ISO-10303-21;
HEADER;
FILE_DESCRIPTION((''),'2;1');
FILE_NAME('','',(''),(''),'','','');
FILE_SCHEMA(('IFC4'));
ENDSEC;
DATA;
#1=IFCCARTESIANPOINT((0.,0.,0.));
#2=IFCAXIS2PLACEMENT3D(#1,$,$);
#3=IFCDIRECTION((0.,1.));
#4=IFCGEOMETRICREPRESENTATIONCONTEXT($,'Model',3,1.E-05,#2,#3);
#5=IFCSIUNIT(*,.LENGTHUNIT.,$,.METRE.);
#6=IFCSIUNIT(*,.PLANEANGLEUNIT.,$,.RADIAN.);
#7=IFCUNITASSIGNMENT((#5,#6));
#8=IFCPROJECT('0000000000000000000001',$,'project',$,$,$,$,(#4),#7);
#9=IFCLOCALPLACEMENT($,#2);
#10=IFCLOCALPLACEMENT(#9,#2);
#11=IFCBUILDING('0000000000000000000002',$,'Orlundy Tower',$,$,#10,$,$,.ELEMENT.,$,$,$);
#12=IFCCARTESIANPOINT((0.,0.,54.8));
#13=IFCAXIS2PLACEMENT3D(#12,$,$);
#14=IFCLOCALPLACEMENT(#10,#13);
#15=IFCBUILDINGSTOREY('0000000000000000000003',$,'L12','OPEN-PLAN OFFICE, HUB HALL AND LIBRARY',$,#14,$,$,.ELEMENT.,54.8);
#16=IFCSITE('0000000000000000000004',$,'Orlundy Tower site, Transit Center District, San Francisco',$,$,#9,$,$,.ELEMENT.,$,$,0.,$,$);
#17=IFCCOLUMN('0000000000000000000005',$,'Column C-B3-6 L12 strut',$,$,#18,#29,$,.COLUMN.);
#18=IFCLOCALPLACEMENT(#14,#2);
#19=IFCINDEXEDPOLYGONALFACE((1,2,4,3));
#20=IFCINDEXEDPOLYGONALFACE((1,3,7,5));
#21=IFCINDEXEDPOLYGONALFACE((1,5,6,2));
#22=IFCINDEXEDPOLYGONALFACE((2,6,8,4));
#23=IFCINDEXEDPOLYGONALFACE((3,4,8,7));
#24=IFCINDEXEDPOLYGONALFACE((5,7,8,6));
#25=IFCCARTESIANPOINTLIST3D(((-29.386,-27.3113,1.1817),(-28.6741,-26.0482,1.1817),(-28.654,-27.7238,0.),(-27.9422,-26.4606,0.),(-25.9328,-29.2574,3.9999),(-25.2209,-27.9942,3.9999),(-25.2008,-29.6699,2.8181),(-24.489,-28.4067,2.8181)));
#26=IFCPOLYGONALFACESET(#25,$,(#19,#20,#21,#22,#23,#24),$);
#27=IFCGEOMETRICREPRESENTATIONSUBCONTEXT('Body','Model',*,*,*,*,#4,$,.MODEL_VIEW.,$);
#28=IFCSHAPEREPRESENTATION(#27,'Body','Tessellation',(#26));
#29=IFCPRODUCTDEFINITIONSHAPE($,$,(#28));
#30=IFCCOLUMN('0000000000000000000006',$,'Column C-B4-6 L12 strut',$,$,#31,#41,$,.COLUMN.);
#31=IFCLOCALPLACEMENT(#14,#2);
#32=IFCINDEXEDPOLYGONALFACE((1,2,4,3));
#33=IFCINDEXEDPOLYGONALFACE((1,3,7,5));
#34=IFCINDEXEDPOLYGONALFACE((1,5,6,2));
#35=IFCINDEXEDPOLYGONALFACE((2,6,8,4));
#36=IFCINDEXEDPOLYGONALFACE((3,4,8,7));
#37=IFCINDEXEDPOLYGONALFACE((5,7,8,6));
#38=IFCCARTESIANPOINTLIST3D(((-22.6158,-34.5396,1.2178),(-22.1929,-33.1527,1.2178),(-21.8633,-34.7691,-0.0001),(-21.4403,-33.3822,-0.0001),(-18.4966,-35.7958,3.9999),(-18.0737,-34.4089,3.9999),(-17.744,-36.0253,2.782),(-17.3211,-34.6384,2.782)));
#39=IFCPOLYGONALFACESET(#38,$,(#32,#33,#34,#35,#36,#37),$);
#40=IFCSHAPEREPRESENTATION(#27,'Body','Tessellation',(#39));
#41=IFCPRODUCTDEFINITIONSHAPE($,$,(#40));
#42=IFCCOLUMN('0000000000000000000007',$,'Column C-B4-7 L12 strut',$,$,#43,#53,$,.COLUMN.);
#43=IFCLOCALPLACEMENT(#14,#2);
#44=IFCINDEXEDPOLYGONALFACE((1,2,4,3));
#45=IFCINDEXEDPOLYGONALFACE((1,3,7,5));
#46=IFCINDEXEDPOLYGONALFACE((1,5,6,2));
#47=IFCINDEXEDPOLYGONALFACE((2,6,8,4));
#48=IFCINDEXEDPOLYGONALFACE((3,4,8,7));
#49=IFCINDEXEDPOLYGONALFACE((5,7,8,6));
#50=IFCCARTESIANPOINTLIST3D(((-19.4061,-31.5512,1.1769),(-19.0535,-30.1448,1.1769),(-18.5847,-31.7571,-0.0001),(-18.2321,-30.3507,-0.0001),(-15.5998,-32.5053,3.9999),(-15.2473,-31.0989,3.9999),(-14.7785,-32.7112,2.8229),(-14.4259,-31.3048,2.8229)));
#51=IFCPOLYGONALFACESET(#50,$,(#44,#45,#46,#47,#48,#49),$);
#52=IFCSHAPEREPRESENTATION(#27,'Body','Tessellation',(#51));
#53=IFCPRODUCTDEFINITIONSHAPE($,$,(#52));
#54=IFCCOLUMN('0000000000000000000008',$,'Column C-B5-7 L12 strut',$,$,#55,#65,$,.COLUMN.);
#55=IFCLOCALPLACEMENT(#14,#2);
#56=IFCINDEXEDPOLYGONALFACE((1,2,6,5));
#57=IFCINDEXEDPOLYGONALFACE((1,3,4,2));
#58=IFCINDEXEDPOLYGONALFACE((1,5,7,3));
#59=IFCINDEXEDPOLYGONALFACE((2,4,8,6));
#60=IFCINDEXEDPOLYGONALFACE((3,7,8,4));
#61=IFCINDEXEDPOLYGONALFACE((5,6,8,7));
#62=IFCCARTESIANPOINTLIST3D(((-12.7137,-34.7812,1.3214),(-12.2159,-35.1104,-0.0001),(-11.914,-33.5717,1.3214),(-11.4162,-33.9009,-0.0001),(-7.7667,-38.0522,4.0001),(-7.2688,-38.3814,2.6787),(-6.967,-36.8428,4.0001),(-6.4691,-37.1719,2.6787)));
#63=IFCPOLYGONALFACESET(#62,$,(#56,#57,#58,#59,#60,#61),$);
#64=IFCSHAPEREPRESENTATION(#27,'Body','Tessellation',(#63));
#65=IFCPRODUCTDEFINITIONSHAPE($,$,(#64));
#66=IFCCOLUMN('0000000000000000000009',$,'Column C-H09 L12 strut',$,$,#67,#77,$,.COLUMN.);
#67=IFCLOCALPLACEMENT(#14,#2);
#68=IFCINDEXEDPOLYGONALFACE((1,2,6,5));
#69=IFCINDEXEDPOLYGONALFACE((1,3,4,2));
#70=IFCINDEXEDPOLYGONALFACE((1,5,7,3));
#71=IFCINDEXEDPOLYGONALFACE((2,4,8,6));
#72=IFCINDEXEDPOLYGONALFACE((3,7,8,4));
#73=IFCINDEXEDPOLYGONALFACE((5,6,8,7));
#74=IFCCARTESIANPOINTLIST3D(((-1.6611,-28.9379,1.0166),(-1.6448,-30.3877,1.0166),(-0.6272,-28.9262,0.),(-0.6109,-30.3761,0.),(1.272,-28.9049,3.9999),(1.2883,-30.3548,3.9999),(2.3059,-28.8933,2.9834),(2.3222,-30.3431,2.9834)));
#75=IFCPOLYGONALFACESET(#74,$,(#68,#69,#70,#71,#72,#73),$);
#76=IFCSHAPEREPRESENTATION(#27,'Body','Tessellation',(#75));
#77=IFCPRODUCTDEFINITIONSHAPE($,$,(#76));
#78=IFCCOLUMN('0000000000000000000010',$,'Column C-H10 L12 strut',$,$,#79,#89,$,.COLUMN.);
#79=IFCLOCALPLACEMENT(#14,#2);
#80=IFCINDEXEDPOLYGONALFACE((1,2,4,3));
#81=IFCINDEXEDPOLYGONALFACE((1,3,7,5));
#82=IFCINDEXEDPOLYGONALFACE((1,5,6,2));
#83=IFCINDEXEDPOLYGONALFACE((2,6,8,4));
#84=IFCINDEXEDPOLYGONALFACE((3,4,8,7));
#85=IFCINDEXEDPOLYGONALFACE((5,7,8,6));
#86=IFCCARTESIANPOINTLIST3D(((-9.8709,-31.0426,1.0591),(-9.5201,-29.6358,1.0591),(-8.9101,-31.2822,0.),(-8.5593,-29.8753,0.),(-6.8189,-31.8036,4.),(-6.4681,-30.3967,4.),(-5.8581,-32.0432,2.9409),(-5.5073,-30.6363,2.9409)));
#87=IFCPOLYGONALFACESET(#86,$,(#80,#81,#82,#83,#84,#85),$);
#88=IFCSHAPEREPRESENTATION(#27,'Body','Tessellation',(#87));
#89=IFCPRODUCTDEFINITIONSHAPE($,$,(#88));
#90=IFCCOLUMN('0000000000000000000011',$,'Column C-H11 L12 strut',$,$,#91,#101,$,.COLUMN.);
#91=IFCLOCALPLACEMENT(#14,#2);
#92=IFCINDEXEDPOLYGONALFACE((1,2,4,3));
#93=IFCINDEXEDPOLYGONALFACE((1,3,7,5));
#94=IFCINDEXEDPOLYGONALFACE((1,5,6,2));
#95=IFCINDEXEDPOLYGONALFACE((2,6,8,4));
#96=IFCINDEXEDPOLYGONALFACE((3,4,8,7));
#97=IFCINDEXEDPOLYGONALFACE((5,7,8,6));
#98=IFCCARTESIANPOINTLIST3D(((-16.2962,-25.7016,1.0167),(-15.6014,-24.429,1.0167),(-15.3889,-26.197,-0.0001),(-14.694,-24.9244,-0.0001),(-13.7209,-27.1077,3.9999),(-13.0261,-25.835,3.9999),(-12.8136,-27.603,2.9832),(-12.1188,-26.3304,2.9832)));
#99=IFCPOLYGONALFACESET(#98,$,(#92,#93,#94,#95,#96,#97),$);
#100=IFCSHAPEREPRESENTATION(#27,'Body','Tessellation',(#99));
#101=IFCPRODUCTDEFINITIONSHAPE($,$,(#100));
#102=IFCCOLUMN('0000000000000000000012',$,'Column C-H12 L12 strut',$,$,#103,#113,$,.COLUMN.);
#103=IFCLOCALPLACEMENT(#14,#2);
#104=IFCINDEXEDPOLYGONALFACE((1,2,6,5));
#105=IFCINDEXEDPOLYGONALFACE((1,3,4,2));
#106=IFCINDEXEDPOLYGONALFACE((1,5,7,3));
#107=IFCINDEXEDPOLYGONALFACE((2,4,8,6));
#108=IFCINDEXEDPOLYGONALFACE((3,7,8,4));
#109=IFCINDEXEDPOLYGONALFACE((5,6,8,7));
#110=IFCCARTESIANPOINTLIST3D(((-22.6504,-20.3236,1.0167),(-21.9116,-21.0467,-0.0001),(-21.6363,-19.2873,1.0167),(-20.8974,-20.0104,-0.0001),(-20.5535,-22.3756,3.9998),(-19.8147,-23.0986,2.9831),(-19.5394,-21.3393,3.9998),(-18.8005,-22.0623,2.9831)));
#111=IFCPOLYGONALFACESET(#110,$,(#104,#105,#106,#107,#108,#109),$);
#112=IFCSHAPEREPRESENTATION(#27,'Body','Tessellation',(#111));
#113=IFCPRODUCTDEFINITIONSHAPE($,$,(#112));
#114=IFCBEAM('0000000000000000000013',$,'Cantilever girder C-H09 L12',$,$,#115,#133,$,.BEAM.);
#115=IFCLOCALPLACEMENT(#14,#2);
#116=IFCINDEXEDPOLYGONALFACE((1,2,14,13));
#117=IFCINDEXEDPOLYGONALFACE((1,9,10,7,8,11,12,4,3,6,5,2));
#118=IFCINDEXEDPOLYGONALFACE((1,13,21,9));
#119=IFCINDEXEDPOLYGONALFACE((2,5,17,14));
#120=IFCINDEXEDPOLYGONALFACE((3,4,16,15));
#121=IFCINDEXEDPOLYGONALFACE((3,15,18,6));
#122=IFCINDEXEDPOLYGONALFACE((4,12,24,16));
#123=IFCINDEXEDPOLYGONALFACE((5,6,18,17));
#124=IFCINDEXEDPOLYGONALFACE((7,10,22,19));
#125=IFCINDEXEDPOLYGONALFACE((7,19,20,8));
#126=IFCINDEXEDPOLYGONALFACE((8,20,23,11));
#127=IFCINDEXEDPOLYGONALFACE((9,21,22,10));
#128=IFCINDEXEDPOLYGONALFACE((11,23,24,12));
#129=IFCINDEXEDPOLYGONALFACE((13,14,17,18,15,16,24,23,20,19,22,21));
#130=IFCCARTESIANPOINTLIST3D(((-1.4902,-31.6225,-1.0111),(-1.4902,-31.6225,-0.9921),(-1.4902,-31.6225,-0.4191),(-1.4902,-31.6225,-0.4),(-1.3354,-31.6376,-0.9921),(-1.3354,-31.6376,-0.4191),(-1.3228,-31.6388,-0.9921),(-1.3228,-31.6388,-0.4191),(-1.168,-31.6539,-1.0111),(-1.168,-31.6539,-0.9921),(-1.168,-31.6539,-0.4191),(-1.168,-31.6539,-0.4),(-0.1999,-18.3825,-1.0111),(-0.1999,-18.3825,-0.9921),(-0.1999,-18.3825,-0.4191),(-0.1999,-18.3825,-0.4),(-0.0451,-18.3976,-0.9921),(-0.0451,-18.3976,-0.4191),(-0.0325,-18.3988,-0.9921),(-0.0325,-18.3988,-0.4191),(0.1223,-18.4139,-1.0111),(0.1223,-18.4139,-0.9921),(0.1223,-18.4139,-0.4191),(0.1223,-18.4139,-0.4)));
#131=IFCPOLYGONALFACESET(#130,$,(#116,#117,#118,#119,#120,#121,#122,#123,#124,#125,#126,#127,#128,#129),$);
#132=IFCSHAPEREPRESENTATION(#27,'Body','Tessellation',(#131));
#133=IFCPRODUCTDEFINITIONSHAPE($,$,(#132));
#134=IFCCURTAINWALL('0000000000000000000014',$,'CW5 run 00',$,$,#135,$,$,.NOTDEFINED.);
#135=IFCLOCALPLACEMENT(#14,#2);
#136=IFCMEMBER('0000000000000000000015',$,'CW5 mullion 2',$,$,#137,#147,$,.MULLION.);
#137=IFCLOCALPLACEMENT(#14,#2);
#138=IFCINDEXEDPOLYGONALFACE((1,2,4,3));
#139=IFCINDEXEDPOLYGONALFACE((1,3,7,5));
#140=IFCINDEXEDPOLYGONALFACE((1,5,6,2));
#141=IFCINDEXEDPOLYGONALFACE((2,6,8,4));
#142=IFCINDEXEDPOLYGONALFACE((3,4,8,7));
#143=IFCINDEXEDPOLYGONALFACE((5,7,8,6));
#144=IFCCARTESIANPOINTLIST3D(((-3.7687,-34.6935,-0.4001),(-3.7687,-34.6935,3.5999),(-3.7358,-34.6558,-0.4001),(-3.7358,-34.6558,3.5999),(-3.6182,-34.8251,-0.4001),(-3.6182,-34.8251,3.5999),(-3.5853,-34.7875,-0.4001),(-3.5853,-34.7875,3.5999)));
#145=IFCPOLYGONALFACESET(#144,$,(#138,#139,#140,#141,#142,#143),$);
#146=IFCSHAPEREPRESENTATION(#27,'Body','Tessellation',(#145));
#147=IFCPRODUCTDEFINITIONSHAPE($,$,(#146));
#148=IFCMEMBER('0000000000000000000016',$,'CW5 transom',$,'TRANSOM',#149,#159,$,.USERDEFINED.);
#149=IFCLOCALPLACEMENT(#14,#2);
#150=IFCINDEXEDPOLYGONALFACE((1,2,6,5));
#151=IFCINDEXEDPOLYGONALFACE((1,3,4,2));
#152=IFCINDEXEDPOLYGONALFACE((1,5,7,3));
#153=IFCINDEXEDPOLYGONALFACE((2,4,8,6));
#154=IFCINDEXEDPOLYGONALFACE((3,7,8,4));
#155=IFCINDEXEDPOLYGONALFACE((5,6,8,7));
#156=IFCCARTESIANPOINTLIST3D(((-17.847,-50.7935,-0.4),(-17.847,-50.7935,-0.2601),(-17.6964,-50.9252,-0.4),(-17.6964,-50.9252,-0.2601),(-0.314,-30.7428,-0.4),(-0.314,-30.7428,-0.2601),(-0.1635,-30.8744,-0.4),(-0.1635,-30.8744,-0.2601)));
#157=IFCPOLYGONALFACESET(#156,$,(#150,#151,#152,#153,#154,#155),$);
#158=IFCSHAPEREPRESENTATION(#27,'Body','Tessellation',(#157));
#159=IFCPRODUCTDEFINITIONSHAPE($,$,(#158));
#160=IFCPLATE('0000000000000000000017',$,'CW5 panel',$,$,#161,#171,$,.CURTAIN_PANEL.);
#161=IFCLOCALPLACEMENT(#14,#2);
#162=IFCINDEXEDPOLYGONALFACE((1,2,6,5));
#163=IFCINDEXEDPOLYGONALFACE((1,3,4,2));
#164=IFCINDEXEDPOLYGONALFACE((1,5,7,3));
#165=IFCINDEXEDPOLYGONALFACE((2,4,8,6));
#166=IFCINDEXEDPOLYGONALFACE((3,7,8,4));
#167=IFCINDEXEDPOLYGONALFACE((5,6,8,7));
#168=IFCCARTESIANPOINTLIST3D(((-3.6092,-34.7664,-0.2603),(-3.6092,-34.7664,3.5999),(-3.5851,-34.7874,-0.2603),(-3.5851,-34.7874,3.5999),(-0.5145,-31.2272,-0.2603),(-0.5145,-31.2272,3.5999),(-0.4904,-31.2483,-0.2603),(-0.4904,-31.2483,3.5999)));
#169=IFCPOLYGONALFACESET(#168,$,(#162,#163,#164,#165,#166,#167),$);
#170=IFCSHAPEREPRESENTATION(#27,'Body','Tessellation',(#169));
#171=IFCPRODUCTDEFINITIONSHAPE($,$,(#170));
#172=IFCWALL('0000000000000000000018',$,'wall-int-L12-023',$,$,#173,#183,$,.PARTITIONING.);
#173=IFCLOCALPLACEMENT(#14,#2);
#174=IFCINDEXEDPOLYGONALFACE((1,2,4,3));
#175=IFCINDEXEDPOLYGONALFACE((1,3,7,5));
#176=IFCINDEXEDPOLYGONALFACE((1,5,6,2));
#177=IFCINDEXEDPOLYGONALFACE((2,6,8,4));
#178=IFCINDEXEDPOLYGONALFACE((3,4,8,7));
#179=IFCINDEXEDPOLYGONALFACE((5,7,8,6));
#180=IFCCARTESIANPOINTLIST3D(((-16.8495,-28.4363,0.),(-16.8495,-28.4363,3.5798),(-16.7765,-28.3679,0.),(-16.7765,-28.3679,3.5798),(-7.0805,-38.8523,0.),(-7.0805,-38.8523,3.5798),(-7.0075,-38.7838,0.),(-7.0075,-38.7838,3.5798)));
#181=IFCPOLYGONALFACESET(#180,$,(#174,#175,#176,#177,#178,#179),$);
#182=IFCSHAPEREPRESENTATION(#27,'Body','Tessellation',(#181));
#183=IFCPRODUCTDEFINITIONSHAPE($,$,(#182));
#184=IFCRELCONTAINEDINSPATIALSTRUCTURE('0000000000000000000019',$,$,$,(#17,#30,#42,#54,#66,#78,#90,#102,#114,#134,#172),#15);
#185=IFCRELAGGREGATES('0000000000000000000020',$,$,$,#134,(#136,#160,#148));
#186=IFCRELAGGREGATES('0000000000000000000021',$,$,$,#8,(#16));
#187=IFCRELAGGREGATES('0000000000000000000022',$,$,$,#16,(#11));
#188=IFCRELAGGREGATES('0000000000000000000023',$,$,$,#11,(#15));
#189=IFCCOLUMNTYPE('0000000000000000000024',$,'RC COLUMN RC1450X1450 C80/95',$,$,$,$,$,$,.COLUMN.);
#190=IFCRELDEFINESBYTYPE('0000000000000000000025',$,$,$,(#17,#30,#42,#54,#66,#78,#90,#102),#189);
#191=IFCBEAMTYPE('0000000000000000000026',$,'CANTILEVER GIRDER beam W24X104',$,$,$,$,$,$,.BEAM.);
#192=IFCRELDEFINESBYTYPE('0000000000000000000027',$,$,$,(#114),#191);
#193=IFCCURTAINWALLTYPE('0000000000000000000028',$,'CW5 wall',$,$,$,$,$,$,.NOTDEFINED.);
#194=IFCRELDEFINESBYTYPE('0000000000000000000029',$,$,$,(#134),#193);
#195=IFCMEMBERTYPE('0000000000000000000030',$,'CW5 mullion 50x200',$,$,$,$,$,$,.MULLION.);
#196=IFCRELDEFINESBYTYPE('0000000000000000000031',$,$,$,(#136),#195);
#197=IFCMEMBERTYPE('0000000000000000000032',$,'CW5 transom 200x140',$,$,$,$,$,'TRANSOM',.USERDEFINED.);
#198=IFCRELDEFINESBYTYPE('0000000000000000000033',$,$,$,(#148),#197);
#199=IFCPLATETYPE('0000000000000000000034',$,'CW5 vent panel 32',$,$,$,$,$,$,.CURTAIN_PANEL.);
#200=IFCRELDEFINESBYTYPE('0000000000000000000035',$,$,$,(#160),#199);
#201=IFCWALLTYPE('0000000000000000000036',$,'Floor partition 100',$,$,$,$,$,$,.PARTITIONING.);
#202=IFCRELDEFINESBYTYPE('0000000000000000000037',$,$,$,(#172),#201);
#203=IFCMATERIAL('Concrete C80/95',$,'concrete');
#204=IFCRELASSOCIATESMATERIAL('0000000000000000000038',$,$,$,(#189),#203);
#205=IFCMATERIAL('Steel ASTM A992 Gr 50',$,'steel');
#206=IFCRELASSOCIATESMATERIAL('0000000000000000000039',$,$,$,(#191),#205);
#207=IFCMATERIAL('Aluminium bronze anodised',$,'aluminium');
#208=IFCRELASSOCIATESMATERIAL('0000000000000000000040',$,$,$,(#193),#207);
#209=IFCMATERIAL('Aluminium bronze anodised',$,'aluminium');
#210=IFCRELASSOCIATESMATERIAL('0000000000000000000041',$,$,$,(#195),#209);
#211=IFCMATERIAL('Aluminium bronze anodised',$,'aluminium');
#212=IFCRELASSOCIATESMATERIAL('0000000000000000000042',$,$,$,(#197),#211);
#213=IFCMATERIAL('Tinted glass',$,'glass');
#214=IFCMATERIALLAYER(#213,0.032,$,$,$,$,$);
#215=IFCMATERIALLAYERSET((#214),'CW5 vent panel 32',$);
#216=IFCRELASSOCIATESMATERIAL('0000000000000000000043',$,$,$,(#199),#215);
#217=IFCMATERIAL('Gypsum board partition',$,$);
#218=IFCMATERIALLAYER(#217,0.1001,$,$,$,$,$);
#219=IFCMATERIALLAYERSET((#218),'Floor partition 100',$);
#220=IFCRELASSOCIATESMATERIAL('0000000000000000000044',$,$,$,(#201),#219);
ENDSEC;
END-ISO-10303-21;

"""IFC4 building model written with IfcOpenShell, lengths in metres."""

from ifc_helpers import new_model, si_unit, direction, frame, frame_2d, origin, origin_2d, place, context, subcontext, project, spatial, rectangle, i_section, extrude, material, layer, layer_set, material_profile, profile_set, type_object, element, aggregate, save


model = new_model("IFC4")

# Units and contexts
model_context = context("Model", 3, precision=1e-05, world=origin(), true_north=direction((0.0, 1.0)))
body_context = subcontext(model_context, "Body", "Model", "MODEL_VIEW")
ifc_project = project(units=[si_unit("LENGTHUNIT", "METRE"), si_unit("PLANEANGLEUNIT", "RADIAN")], contexts=[model_context])

# Site, building, storey
site_placement = place(None, origin())
site = spatial("IfcSite", under=ifc_project, at=site_placement, Name="Orlundy Tower site, Transit Center District, San Francisco", CompositionType="ELEMENT", RefElevation=0.0)
building_placement = place(site_placement, origin())
building = spatial("IfcBuilding", under=site, at=building_placement, Name="Orlundy Tower", CompositionType="ELEMENT")
storey_placement = place(building_placement, frame((0.0, 0.0, 54.8)))
storey = spatial("IfcBuildingStorey", under=building, at=storey_placement, Name="L12", Description="OPEN-PLAN OFFICE, HUB HALL AND LIBRARY", CompositionType="ELEMENT", Elevation=54.8)

# Columns
ifc_material_1 = material(Name="Concrete C80/95", Category="concrete")
ifc_material_profile_1 = material_profile(ifc_material_1, rectangle(XDim=1.45, YDim=1.45, at=origin_2d()), Name="RC1450X1450")
ifc_profile_set_1 = profile_set([ifc_material_profile_1], Name="Concrete C80/95")
column_type = type_object("IfcColumnType", Name="RC COLUMN RC1450X1450 C80/95", PredefinedType="COLUMN", material=ifc_profile_set_1)
column_1_placement = place(storey_placement, frame((-28.6641, -26.886, 0.5908), z_axis=(0.710019, -0.400138, 0.57945), x_axis=(0.490963, 0.87118, 0.0)))
element("IfcColumn", 1, at=column_1_placement, inside=storey, type_object=column_type, Name="Column C-B3-6 L12 strut", PredefinedType="COLUMN", context=body_context, shape_type="SweptSolid", body=[
    extrude(rectangle(XDim=1.45, YDim=1.45, at=origin_2d()), origin(), (0.0, 0.0, 1.0), 4.8635),
])
column_2_placement = place(storey_placement, frame((-22.0281, -33.9609, 0.6089), z_axis=(0.803445, -0.245005, 0.54263), x_axis=(0.291683, 0.956515, 0.0)))
element("IfcColumn", 2, at=column_2_placement, inside=storey, type_object=column_type, Name="Column C-B4-6 L12 strut", PredefinedType="COLUMN", context=body_context, shape_type="SweptSolid", body=[
    extrude(rectangle(XDim=1.45, YDim=1.45, at=origin_2d()), origin(), (0.0, 0.0, 1.0), 5.127),
])
column_3_placement = place(storey_placement, frame((-18.8191, -30.9509, 0.5884), z_axis=(0.78739, -0.197378, 0.584002), x_axis=(0.24315, 0.969989, 0.0)))
element("IfcColumn", 3, at=column_3_placement, inside=storey, type_object=column_type, Name="Column C-B4-7 L12 strut", PredefinedType="COLUMN", context=body_context, shape_type="SweptSolid", body=[
    extrude(rectangle(XDim=1.45, YDim=1.45, at=origin_2d()), origin(), (0.0, 0.0, 1.0), 4.834),
])
column_4_placement = place(storey_placement, frame((-12.0649, -34.3411, 0.6606), z_axis=(0.7602, -0.502648, 0.411633), x_axis=(0.551542, 0.834147, 0.0)))
element("IfcColumn", 4, at=column_4_placement, inside=storey, type_object=column_type, Name="Column C-B5-7 L12 strut", PredefinedType="COLUMN", context=body_context, shape_type="SweptSolid", body=[
    extrude(rectangle(XDim=1.45, YDim=1.45, at=origin_2d()), origin(), (0.0, 0.0, 1.0), 6.5076),
])
column_5_placement = place(storey_placement, frame((-1.136, -29.657, 0.5083), z_axis=(0.701049, 0.007878, 0.71307), x_axis=(-0.011236, 0.999937, 0.0)))
element("IfcColumn", 5, at=column_5_placement, inside=storey, type_object=column_type, Name="Column C-H09 L12 strut", PredefinedType="COLUMN", context=body_context, shape_type="SweptSolid", body=[
    extrude(rectangle(XDim=1.45, YDim=1.45, at=origin_2d()), origin(), (0.0, 0.0, 1.0), 4.1838),
])
column_6_placement = place(storey_placement, frame((-9.2151, -30.459, 0.5295), z_axis=(0.708756, -0.176721, 0.68296), x_axis=(0.241933, 0.970293, 0.0)))
element("IfcColumn", 6, at=column_6_placement, inside=storey, type_object=column_type, Name="Column C-H10 L12 strut", PredefinedType="COLUMN", context=body_context, shape_type="SweptSolid", body=[
    extrude(rectangle(XDim=1.45, YDim=1.45, at=origin_2d()), origin(), (0.0, 0.0, 1.0), 4.3062),
])
column_7_placement = place(storey_placement, frame((-15.4951, -25.313, 0.5083), z_axis=(0.615454, -0.336026, 0.712954), x_axis=(0.479208, 0.877702, 0.0)))
element("IfcColumn", 7, at=column_7_placement, inside=storey, type_object=column_type, Name="Column C-H11 L12 strut", PredefinedType="COLUMN", context=body_context, shape_type="SweptSolid", body=[
    extrude(rectangle(XDim=1.45, YDim=1.45, at=origin_2d()), origin(), (0.0, 0.0, 1.0), 4.1843),
])
column_8_placement = place(storey_placement, frame((-21.7739, -20.167, 0.5083), z_axis=(0.50116, -0.490424, 0.712967), x_axis=(0.69941, 0.714721, 0.0)))
element("IfcColumn", 8, at=column_8_placement, inside=storey, type_object=column_type, Name="Column C-H12 L12 strut", PredefinedType="COLUMN", context=body_context, shape_type="SweptSolid", body=[
    extrude(rectangle(XDim=1.45, YDim=1.45, at=origin_2d()), origin(), (0.0, 0.0, 1.0), 4.1841),
])

# Beam
ifc_material_2 = material(Name="Steel ASTM A992 Gr 50", Category="steel")
ifc_material_profile_2 = material_profile(ifc_material_2, i_section(OverallWidth=0.3237, OverallDepth=0.6111, WebThickness=0.0127, FlangeThickness=0.019, at=origin_2d()), Name="W24X104")
ifc_profile_set_2 = profile_set([ifc_material_profile_2], Name="Steel ASTM A992 Gr 50")
beam_type = type_object("IfcBeamType", Name="CANTILEVER GIRDER beam W24X104", PredefinedType="BEAM", material=ifc_profile_set_2)
beam_placement = place(storey_placement, frame((-1.3291, -31.6382, -0.7056), z_axis=(0.096994, 0.995285, 0.0), x_axis=(-0.995285, 0.096994, 0.0)))
element("IfcBeam", 9, at=beam_placement, inside=storey, type_object=beam_type, Name="Cantilever girder C-H09 L12", PredefinedType="BEAM", context=body_context, shape_type="SweptSolid", body=[
    extrude(i_section(OverallWidth=0.3237, OverallDepth=0.6111, WebThickness=0.0127, FlangeThickness=0.019, at=origin_2d()), origin(), (0.0, 0.0, 1.0), 13.3027),
])

# Curtain wall, members, plate
ifc_material_3 = material(Name="Aluminium bronze anodised", Category="aluminium")
curtain_wall_type = type_object("IfcCurtainWallType", Name="CW5 wall", PredefinedType="NOTDEFINED", material=ifc_material_3)
curtain_wall_placement = place(storey_placement, origin())
curtain_wall = element("IfcCurtainWall", 10, at=curtain_wall_placement, inside=storey, type_object=curtain_wall_type, Name="CW5 run 00", PredefinedType="NOTDEFINED")
ifc_material_4 = material(Name="Aluminium bronze anodised", Category="aluminium")
ifc_material_profile_3 = material_profile(ifc_material_4, rectangle(XDim=0.2, YDim=0.05, at=origin_2d()), Name="CW5 mullion 50x200")
ifc_profile_set_3 = profile_set([ifc_material_profile_3], Name="Aluminium bronze anodised")
member_type_1 = type_object("IfcMemberType", Name="CW5 mullion 50x200", PredefinedType="MULLION", material=ifc_profile_set_3)
member_1_placement = place(storey_placement, frame((-3.677, -34.7405, -0.4001), z_axis=(0.0, 0.0, 1.0), x_axis=(0.752792, -0.658259, 0.0)))
member_1 = element("IfcMember", 11, at=member_1_placement, type_object=member_type_1, Name="CW5 mullion 2", PredefinedType="MULLION", context=body_context, shape_type="SweptSolid", body=[
    extrude(rectangle(XDim=0.2, YDim=0.05, at=origin_2d()), origin(), (0.0, 0.0, 1.0), 4.0),
])
ifc_material_5 = material(Name="Aluminium bronze anodised", Category="aluminium")
ifc_material_profile_4 = material_profile(ifc_material_5, rectangle(XDim=0.2, YDim=0.1399, at=origin_2d()), Name="CW5 transom 200x140")
ifc_profile_set_4 = profile_set([ifc_material_profile_4], Name="Aluminium bronze anodised")
member_type_2 = type_object("IfcMemberType", Name="CW5 transom 200x140", ElementType="TRANSOM", PredefinedType="USERDEFINED", material=ifc_profile_set_4)
member_2_placement = place(storey_placement, frame((-0.2388, -30.8086, -0.3301), z_axis=(-0.658261, -0.75279, 0.0), x_axis=(0.75279, -0.658261, 0.0)))
member_2 = element("IfcMember", 12, at=member_2_placement, type_object=member_type_2, Name="CW5 transom", ObjectType="TRANSOM", PredefinedType="USERDEFINED", context=body_context, shape_type="SweptSolid", body=[
    extrude(rectangle(XDim=0.2, YDim=0.1399, at=origin_2d()), origin(), (0.0, 0.0, 1.0), 26.6353),
])
ifc_material_6 = material(Name="Tinted glass", Category="glass")
ifc_layer_1 = layer(ifc_material_6, 0.032)
ifc_layer_set_1 = layer_set([ifc_layer_1], Name="CW5 vent panel 32")
plate_type = type_object("IfcPlateType", Name="CW5 vent panel 32", PredefinedType="CURTAIN_PANEL", material=ifc_layer_set_1)
plate_placement = place(storey_placement, frame((-2.0498, -33.0073, -0.2603), z_axis=(0.0, 0.0, 1.0), x_axis=(-0.658259, -0.752792, 0.0)))
plate = element("IfcPlate", 13, at=plate_placement, type_object=plate_type, Name="CW5 panel", PredefinedType="CURTAIN_PANEL", context=body_context, shape_type="SweptSolid", body=[
    extrude(rectangle(XDim=4.7014, YDim=0.032, at=origin_2d()), origin(), (0.0, 0.0, 1.0), 3.8601),
])
aggregate(curtain_wall, [member_1, plate, member_2])

# Wall
ifc_material_7 = material(Name="Gypsum board partition")
ifc_layer_2 = layer(ifc_material_7, 0.1001)
ifc_layer_set_2 = layer_set([ifc_layer_2], Name="Floor partition 100")
wall_type_1 = type_object("IfcWallType", Name="Floor partition 100", PredefinedType="PARTITIONING", material=ifc_layer_set_2)
wall_1_placement = place(storey_placement, frame((-16.813, -28.4021, 0.0), z_axis=(0.0, 0.0, 1.0), x_axis=(0.684091, -0.729396, 0.0)))
element("IfcWall", 14, at=wall_1_placement, inside=storey, type_object=wall_type_1, Name="wall-int-L12-023", PredefinedType="PARTITIONING", context=body_context, shape_type="SweptSolid", body=[
    extrude(rectangle(XDim=14.2803, YDim=0.1001, at=frame_2d((7.1401, 0.0))), origin(), (0.0, 0.0, 1.0), 3.5798),
])

save(model, "model.ifc")
